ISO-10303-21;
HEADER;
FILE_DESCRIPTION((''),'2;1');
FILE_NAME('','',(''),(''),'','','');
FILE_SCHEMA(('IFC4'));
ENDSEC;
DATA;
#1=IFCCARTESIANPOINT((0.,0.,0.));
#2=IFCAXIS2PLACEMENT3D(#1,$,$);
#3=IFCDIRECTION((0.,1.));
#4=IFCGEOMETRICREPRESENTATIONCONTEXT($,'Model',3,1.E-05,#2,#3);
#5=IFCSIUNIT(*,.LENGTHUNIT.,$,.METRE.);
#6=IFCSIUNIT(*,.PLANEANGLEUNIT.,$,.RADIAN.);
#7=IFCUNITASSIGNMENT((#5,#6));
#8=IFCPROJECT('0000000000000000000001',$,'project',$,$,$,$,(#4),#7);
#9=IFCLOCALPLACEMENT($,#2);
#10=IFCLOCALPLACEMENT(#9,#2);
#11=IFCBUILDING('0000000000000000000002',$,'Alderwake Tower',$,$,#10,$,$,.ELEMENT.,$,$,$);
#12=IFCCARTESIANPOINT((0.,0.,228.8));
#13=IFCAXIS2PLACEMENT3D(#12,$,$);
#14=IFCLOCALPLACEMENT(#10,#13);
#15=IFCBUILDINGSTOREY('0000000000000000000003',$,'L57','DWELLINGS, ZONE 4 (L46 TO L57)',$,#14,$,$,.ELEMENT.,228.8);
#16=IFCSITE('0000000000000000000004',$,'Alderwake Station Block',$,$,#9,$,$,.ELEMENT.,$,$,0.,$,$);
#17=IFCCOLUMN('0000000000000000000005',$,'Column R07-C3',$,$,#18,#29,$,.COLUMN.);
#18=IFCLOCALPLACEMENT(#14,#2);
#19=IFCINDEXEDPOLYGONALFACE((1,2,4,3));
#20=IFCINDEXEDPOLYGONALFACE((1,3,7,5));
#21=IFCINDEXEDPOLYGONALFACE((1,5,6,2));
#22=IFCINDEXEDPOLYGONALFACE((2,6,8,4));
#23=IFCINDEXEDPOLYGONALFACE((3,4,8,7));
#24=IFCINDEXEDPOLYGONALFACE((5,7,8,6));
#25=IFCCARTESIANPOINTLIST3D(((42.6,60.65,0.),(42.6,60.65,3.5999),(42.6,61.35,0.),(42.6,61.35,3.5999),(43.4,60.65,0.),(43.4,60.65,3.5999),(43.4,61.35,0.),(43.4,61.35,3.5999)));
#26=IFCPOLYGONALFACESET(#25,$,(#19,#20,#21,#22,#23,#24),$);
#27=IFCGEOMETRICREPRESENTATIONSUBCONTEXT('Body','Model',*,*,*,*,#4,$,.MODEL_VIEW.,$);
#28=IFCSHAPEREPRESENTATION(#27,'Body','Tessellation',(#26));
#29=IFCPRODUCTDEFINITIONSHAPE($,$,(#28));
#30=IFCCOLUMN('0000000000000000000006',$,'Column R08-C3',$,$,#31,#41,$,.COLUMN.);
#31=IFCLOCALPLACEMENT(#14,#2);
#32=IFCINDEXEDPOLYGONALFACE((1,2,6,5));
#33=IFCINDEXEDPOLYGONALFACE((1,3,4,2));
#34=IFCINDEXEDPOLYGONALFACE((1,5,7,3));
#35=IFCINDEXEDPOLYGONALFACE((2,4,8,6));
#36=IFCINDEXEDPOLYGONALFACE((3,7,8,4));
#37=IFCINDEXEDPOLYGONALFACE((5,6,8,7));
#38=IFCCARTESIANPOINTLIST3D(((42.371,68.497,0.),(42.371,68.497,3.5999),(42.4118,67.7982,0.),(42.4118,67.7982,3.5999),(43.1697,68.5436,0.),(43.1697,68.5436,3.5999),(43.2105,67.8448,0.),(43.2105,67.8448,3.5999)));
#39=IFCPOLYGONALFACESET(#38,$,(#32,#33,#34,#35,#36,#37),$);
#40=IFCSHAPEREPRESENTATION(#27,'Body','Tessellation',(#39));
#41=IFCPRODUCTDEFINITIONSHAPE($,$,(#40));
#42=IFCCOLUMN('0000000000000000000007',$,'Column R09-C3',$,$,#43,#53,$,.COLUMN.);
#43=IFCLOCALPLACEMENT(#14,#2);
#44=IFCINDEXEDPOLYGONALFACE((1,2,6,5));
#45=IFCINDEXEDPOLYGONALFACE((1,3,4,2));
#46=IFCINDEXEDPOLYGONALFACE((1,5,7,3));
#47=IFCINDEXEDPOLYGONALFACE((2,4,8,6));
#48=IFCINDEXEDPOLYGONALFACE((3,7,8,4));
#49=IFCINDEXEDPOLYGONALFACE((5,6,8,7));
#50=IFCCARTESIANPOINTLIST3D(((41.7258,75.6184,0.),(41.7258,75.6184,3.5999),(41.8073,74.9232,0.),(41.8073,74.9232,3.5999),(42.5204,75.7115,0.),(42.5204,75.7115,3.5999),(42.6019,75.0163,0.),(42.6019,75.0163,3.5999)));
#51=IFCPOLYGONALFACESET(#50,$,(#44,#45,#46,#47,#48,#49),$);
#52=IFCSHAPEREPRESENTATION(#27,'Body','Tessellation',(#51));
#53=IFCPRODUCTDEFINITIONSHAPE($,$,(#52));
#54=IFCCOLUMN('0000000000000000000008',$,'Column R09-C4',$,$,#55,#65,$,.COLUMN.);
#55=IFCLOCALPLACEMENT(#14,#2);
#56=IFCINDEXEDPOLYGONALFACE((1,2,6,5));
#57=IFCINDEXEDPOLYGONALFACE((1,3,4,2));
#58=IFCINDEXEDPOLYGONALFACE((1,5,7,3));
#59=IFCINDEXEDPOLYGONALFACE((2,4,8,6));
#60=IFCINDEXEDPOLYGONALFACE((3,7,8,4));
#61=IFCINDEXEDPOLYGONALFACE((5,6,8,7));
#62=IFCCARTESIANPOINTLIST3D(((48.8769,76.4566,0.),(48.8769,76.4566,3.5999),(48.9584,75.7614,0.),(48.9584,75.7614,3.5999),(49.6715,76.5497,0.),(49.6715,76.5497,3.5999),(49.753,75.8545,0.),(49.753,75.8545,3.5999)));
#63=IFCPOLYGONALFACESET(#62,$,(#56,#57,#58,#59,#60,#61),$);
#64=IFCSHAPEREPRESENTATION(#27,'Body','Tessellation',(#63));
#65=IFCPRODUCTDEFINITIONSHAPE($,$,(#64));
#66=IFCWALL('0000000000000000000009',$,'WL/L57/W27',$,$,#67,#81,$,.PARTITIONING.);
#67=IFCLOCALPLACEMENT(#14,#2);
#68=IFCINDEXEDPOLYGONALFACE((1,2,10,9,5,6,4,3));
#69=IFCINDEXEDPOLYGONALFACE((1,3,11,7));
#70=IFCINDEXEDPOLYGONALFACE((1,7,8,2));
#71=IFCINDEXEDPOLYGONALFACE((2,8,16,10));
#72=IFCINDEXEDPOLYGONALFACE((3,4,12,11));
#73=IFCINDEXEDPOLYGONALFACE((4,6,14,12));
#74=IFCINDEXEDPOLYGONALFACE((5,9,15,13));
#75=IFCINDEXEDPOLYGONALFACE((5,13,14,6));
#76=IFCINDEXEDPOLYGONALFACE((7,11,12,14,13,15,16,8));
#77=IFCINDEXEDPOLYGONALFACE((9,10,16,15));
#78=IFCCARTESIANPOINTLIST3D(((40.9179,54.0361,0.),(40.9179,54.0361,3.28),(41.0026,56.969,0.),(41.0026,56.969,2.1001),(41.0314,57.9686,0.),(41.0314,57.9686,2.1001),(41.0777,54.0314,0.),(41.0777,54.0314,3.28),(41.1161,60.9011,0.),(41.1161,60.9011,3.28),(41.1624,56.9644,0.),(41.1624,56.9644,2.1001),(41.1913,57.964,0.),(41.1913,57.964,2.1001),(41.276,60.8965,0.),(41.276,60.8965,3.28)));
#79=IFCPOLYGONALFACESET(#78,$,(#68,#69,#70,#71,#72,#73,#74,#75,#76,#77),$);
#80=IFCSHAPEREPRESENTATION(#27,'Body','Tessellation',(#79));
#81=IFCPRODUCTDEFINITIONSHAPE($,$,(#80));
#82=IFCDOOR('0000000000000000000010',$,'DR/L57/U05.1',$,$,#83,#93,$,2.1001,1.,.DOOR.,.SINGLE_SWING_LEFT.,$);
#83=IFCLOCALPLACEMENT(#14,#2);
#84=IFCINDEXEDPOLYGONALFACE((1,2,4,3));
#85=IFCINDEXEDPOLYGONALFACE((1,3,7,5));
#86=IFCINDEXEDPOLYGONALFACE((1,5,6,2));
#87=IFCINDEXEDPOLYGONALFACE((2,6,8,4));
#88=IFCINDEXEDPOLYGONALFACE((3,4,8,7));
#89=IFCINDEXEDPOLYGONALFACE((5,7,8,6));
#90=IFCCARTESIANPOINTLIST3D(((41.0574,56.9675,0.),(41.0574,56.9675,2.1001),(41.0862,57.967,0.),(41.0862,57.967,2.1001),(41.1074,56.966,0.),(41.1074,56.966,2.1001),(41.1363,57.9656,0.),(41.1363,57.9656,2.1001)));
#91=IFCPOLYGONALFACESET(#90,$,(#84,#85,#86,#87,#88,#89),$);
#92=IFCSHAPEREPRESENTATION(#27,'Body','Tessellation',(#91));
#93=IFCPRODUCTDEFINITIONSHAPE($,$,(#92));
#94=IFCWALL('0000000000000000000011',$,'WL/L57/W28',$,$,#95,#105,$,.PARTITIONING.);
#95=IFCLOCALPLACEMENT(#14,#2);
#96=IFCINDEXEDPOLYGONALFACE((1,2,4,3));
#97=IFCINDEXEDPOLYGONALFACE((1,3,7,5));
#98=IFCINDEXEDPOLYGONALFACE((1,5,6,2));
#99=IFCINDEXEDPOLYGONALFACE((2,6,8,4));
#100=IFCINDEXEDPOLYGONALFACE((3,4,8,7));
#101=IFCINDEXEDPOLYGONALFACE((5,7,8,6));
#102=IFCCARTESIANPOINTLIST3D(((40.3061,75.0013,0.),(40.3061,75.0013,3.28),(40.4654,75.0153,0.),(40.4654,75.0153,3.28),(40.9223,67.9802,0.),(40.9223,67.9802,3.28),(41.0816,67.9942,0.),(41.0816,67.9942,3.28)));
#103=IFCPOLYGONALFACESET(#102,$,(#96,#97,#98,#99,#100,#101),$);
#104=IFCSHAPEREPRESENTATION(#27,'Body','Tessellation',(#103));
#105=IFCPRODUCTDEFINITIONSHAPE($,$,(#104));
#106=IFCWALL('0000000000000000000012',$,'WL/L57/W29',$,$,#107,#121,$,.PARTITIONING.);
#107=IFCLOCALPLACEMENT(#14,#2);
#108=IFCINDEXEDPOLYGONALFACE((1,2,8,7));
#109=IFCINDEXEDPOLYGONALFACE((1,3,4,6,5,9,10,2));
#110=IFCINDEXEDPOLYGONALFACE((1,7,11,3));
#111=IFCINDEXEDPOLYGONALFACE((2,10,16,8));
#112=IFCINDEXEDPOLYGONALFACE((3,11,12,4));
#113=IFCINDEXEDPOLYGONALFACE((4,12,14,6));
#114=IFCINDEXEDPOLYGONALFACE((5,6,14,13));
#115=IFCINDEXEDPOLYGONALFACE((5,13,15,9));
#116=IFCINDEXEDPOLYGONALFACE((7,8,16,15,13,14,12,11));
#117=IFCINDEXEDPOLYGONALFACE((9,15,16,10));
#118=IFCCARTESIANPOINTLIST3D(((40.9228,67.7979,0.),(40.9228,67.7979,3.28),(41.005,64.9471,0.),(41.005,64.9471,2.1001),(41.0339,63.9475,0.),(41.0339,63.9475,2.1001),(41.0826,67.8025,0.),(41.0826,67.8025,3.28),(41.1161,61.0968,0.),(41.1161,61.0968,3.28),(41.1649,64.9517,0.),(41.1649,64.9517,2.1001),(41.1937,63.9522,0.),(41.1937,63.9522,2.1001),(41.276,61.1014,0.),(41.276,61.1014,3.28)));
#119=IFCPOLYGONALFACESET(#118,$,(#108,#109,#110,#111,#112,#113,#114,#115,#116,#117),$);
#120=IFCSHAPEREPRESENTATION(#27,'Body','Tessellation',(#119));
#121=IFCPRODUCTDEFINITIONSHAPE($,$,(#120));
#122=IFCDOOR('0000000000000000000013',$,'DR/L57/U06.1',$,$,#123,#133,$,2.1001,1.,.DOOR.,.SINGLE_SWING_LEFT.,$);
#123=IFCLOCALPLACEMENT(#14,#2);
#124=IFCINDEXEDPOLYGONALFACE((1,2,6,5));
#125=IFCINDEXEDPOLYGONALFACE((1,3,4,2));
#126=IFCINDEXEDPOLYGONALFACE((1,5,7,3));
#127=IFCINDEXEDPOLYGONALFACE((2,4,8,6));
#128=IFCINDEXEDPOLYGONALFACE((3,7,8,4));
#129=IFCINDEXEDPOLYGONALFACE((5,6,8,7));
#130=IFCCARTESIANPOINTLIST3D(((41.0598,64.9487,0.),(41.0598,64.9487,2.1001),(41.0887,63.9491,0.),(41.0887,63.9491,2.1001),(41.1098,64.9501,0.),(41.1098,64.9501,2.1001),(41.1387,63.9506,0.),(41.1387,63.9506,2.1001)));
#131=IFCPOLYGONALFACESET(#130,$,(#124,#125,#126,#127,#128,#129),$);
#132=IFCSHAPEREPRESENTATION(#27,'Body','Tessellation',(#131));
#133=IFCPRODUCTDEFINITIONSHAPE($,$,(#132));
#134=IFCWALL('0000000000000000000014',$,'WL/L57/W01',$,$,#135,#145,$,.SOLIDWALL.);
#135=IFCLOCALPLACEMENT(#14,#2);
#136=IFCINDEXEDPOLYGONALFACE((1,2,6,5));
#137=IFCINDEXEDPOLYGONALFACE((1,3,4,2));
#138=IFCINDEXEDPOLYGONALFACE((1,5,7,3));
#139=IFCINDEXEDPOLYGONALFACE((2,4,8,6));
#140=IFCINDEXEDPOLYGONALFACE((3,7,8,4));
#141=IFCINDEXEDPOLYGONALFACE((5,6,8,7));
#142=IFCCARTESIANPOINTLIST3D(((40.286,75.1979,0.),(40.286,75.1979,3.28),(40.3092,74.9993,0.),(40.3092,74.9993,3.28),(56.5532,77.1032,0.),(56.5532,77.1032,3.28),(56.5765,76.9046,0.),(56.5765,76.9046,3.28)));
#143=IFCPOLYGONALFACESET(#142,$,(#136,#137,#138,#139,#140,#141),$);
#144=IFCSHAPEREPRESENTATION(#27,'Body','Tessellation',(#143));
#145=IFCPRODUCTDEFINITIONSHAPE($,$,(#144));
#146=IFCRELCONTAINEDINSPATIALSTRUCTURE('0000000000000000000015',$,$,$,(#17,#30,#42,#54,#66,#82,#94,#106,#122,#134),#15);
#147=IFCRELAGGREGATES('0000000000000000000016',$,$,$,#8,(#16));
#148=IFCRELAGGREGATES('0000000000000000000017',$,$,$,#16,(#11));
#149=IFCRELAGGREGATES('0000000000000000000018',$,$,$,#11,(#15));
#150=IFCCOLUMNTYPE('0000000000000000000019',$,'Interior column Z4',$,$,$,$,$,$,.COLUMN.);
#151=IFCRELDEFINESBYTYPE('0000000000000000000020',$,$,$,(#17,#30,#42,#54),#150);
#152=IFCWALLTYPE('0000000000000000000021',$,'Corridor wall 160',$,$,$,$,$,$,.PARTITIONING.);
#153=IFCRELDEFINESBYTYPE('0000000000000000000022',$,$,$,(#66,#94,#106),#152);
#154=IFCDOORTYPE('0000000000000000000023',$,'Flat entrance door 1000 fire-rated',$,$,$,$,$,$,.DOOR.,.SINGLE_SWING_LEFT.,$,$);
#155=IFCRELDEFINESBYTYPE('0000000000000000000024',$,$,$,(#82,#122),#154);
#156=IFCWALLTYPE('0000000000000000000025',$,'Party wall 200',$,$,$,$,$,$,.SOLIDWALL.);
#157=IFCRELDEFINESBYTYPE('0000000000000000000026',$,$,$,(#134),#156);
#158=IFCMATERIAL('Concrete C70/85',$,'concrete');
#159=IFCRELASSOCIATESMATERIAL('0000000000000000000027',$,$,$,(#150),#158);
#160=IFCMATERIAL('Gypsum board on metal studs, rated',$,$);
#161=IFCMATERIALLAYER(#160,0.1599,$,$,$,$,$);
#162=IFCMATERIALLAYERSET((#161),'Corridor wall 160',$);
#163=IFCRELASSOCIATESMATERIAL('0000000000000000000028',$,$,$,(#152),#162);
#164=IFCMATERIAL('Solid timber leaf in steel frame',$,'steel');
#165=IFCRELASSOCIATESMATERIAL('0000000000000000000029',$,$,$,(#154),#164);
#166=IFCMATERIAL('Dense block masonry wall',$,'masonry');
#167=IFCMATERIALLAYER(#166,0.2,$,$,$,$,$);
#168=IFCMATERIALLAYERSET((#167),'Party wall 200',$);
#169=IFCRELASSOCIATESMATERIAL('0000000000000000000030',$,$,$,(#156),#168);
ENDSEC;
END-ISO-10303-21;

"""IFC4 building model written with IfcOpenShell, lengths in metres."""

from ifc_helpers import new_model, si_unit, direction, frame, frame_2d, origin, origin_2d, place, context, subcontext, project, spatial, rectangle, extrude, material, layer, layer_set, material_profile, profile_set, type_object, element, fill, save


model = new_model("IFC4")

# Units and contexts
model_context = context("Model", 3, precision=1e-05, world=origin(), true_north=direction((0.0, 1.0)))
body_context = subcontext(model_context, "Body", "Model", "MODEL_VIEW")
ifc_project = project(units=[si_unit("LENGTHUNIT", "METRE"), si_unit("PLANEANGLEUNIT", "RADIAN")], contexts=[model_context])

# Site, building, storey
site_placement = place(None, origin())
site = spatial("IfcSite", under=ifc_project, at=site_placement, Name="Alderwake Station Block", CompositionType="ELEMENT", RefElevation=0.0)
building_placement = place(site_placement, origin())
building = spatial("IfcBuilding", under=site, at=building_placement, Name="Alderwake Tower", CompositionType="ELEMENT")
storey_placement = place(building_placement, frame((0.0, 0.0, 228.8)))
storey = spatial("IfcBuildingStorey", under=building, at=storey_placement, Name="L57", Description="DWELLINGS, ZONE 4 (L46 TO L57)", CompositionType="ELEMENT", Elevation=228.8)

# Columns
ifc_material_1 = material(Name="Concrete C70/85", Category="concrete")
ifc_material_profile = material_profile(ifc_material_1, rectangle(XDim=0.7, YDim=0.8, at=origin_2d()), Name="RC 800X700")
ifc_profile_set = profile_set([ifc_material_profile], Name="Concrete C70/85")
column_type = type_object("IfcColumnType", Name="Interior column Z4", PredefinedType="COLUMN", material=ifc_profile_set)
for number, where, z_axis, x_axis, name in (
    (1, (43.0, 61.0, 0.0), (0.0, 0.0, 1.0), (0.0, 1.0, 0.0), "Column R07-C3"),
    (2, (42.7908, 68.1709, 0.0), (0.0, 0.0, 1.0), (-0.058299, 0.998299, 0.0), "Column R08-C3"),
    (3, (42.1638, 75.3174, 0.0), (0.0, 0.0, 1.0), (-0.116402, 0.993202, 0.0), "Column R09-C3"),
    (4, (49.3149, 76.1555, 0.0), (0.0, 0.0, 1.0), (-0.116402, 0.993202, 0.0), "Column R09-C4"),
):
    element("IfcColumn", number, at=place(storey_placement, frame(where, z_axis=z_axis, x_axis=x_axis)), inside=storey, type_object=column_type, Name=name, PredefinedType="COLUMN", context=body_context, shape_type="SweptSolid", body=[
        extrude(rectangle(XDim=0.7, YDim=0.8, at=origin_2d()), origin(), (0.0, 0.0, 1.0), 3.5999),
    ])

# Wall, opening, door
ifc_material_2 = material(Name="Gypsum board on metal studs, rated")
ifc_layer_1 = layer(ifc_material_2, 0.1599)
ifc_layer_set_1 = layer_set([ifc_layer_1], Name="Corridor wall 160")
wall_type_1 = type_object("IfcWallType", Name="Corridor wall 160", PredefinedType="PARTITIONING", material=ifc_layer_set_1)
wall_1_placement = place(storey_placement, frame((41.196, 60.8989, 0.0), z_axis=(0.0, 0.0, 1.0), x_axis=(-0.028865, -0.999583, 0.0)))
wall_1 = element("IfcWall", 5, at=wall_1_placement, inside=storey, type_object=wall_type_1, Name="WL/L57/W27", PredefinedType="PARTITIONING", context=body_context, shape_type="SweptSolid", body=[
    extrude(rectangle(XDim=6.8679, YDim=0.1599, at=frame_2d((3.4341, 0.0))), origin(), (0.0, 0.0, 1.0), 3.28),
])
opening_1_placement = place(wall_1_placement, frame((2.9338, 0.0, 0.0)))
opening_1 = element("IfcOpeningElement", 6, at=opening_1_placement, cuts=wall_1, PredefinedType="OPENING", context=body_context, shape_type="SweptSolid", body=[
    extrude(rectangle(XDim=1.0, YDim=2.1001, at=frame_2d((0.5, 1.05))), frame((0.0, 0.0898, 0.0), z_axis=(0.0, -1.0, 0.0), x_axis=(1.0, 0.0, 0.0)), (0.0, 0.0, 1.0), 0.1799),
])
ifc_material_3 = material(Name="Solid timber leaf in steel frame", Category="steel")
door_type_1 = type_object("IfcDoorType", Name="Flat entrance door 1000 fire-rated", OperationType="SINGLE_SWING_LEFT", PredefinedType="DOOR", material=ifc_material_3)
door_1_placement = place(opening_1_placement, origin())
door_1 = element("IfcDoor", 7, at=door_1_placement, inside=storey, type_object=door_type_1, Name="DR/L57/U05.1", OperationType="SINGLE_SWING_LEFT", OverallHeight=2.1001, OverallWidth=1.0, PredefinedType="DOOR", context=body_context, shape_type="SweptSolid", body=[
    extrude(rectangle(XDim=1.0, YDim=2.1001, at=frame_2d((0.5, 1.05))), frame((0.0, 0.0249, 0.0), z_axis=(0.0, -1.0, 0.0), x_axis=(1.0, 0.0, 0.0)), (0.0, 0.0, 1.0), 0.05),
])
fill(opening_1, door_1)

# Wall
wall_2_placement = place(storey_placement, frame((41.002, 67.9873, 0.0), z_axis=(0.0, 0.0, 1.0), x_axis=(-0.087431, 0.996171, 0.0)))
element("IfcWall", 8, at=wall_2_placement, inside=storey, type_object=wall_type_1, Name="WL/L57/W28", PredefinedType="PARTITIONING", context=body_context, shape_type="SweptSolid", body=[
    extrude(rectangle(XDim=7.0481, YDim=0.1599, at=frame_2d((3.5239, 0.0))), origin(), (0.0, 0.0, 1.0), 3.28),
])

# Wall, opening, door
wall_3_placement = place(storey_placement, frame((41.0027, 67.8003, 0.0), z_axis=(0.0, 0.0, 1.0), x_axis=(0.028843, -0.999584, 0.0)))
wall_3 = element("IfcWall", 9, at=wall_3_placement, inside=storey, type_object=wall_type_1, Name="WL/L57/W29", PredefinedType="PARTITIONING", context=body_context, shape_type="SweptSolid", body=[
    extrude(rectangle(XDim=6.7039, YDim=0.1599, at=frame_2d((3.3521, 0.0))), origin(), (0.0, 0.0, 1.0), 3.28),
])
opening_2_placement = place(wall_3_placement, frame((2.8521, 0.0, 0.0)))
opening_2 = element("IfcOpeningElement", 10, at=opening_2_placement, cuts=wall_3, PredefinedType="OPENING", context=body_context, shape_type="SweptSolid", body=[
    extrude(rectangle(XDim=1.0, YDim=2.1001, at=frame_2d((0.5, 1.05))), frame((0.0, 0.0898, 0.0), z_axis=(0.0, -1.0, 0.0), x_axis=(1.0, 0.0, 0.0)), (0.0, 0.0, 1.0), 0.1799),
])
door_2_placement = place(opening_2_placement, origin())
door_2 = element("IfcDoor", 11, at=door_2_placement, inside=storey, type_object=door_type_1, Name="DR/L57/U06.1", OperationType="SINGLE_SWING_LEFT", OverallHeight=2.1001, OverallWidth=1.0, PredefinedType="DOOR", context=body_context, shape_type="SweptSolid", body=[
    extrude(rectangle(XDim=1.0, YDim=2.1001, at=frame_2d((0.5, 1.05))), frame((0.0, 0.0249, 0.0), z_axis=(0.0, -1.0, 0.0), x_axis=(1.0, 0.0, 0.0)), (0.0, 0.0, 1.0), 0.05),
])
fill(opening_2, door_2)

# Wall
ifc_material_4 = material(Name="Dense block masonry wall", Category="masonry")
ifc_layer_2 = layer(ifc_material_4, 0.2)
ifc_layer_set_2 = layer_set([ifc_layer_2], Name="Party wall 200")
wall_type_2 = type_object("IfcWallType", Name="Party wall 200", PredefinedType="SOLIDWALL", material=ifc_layer_set_2)
wall_4_placement = place(storey_placement, frame((40.2976, 75.0986, 0.0), z_axis=(0.0, 0.0, 1.0), x_axis=(0.993211, 0.116328, 0.0)))
element("IfcWall", 12, at=wall_4_placement, inside=storey, type_object=wall_type_2, Name="WL/L57/W01", PredefinedType="SOLIDWALL", context=body_context, shape_type="SweptSolid", body=[
    extrude(rectangle(XDim=16.3784, YDim=0.2, at=frame_2d((8.1892, 0.0))), origin(), (0.0, 0.0, 1.0), 3.28),
])

save(model, "model.ifc")
